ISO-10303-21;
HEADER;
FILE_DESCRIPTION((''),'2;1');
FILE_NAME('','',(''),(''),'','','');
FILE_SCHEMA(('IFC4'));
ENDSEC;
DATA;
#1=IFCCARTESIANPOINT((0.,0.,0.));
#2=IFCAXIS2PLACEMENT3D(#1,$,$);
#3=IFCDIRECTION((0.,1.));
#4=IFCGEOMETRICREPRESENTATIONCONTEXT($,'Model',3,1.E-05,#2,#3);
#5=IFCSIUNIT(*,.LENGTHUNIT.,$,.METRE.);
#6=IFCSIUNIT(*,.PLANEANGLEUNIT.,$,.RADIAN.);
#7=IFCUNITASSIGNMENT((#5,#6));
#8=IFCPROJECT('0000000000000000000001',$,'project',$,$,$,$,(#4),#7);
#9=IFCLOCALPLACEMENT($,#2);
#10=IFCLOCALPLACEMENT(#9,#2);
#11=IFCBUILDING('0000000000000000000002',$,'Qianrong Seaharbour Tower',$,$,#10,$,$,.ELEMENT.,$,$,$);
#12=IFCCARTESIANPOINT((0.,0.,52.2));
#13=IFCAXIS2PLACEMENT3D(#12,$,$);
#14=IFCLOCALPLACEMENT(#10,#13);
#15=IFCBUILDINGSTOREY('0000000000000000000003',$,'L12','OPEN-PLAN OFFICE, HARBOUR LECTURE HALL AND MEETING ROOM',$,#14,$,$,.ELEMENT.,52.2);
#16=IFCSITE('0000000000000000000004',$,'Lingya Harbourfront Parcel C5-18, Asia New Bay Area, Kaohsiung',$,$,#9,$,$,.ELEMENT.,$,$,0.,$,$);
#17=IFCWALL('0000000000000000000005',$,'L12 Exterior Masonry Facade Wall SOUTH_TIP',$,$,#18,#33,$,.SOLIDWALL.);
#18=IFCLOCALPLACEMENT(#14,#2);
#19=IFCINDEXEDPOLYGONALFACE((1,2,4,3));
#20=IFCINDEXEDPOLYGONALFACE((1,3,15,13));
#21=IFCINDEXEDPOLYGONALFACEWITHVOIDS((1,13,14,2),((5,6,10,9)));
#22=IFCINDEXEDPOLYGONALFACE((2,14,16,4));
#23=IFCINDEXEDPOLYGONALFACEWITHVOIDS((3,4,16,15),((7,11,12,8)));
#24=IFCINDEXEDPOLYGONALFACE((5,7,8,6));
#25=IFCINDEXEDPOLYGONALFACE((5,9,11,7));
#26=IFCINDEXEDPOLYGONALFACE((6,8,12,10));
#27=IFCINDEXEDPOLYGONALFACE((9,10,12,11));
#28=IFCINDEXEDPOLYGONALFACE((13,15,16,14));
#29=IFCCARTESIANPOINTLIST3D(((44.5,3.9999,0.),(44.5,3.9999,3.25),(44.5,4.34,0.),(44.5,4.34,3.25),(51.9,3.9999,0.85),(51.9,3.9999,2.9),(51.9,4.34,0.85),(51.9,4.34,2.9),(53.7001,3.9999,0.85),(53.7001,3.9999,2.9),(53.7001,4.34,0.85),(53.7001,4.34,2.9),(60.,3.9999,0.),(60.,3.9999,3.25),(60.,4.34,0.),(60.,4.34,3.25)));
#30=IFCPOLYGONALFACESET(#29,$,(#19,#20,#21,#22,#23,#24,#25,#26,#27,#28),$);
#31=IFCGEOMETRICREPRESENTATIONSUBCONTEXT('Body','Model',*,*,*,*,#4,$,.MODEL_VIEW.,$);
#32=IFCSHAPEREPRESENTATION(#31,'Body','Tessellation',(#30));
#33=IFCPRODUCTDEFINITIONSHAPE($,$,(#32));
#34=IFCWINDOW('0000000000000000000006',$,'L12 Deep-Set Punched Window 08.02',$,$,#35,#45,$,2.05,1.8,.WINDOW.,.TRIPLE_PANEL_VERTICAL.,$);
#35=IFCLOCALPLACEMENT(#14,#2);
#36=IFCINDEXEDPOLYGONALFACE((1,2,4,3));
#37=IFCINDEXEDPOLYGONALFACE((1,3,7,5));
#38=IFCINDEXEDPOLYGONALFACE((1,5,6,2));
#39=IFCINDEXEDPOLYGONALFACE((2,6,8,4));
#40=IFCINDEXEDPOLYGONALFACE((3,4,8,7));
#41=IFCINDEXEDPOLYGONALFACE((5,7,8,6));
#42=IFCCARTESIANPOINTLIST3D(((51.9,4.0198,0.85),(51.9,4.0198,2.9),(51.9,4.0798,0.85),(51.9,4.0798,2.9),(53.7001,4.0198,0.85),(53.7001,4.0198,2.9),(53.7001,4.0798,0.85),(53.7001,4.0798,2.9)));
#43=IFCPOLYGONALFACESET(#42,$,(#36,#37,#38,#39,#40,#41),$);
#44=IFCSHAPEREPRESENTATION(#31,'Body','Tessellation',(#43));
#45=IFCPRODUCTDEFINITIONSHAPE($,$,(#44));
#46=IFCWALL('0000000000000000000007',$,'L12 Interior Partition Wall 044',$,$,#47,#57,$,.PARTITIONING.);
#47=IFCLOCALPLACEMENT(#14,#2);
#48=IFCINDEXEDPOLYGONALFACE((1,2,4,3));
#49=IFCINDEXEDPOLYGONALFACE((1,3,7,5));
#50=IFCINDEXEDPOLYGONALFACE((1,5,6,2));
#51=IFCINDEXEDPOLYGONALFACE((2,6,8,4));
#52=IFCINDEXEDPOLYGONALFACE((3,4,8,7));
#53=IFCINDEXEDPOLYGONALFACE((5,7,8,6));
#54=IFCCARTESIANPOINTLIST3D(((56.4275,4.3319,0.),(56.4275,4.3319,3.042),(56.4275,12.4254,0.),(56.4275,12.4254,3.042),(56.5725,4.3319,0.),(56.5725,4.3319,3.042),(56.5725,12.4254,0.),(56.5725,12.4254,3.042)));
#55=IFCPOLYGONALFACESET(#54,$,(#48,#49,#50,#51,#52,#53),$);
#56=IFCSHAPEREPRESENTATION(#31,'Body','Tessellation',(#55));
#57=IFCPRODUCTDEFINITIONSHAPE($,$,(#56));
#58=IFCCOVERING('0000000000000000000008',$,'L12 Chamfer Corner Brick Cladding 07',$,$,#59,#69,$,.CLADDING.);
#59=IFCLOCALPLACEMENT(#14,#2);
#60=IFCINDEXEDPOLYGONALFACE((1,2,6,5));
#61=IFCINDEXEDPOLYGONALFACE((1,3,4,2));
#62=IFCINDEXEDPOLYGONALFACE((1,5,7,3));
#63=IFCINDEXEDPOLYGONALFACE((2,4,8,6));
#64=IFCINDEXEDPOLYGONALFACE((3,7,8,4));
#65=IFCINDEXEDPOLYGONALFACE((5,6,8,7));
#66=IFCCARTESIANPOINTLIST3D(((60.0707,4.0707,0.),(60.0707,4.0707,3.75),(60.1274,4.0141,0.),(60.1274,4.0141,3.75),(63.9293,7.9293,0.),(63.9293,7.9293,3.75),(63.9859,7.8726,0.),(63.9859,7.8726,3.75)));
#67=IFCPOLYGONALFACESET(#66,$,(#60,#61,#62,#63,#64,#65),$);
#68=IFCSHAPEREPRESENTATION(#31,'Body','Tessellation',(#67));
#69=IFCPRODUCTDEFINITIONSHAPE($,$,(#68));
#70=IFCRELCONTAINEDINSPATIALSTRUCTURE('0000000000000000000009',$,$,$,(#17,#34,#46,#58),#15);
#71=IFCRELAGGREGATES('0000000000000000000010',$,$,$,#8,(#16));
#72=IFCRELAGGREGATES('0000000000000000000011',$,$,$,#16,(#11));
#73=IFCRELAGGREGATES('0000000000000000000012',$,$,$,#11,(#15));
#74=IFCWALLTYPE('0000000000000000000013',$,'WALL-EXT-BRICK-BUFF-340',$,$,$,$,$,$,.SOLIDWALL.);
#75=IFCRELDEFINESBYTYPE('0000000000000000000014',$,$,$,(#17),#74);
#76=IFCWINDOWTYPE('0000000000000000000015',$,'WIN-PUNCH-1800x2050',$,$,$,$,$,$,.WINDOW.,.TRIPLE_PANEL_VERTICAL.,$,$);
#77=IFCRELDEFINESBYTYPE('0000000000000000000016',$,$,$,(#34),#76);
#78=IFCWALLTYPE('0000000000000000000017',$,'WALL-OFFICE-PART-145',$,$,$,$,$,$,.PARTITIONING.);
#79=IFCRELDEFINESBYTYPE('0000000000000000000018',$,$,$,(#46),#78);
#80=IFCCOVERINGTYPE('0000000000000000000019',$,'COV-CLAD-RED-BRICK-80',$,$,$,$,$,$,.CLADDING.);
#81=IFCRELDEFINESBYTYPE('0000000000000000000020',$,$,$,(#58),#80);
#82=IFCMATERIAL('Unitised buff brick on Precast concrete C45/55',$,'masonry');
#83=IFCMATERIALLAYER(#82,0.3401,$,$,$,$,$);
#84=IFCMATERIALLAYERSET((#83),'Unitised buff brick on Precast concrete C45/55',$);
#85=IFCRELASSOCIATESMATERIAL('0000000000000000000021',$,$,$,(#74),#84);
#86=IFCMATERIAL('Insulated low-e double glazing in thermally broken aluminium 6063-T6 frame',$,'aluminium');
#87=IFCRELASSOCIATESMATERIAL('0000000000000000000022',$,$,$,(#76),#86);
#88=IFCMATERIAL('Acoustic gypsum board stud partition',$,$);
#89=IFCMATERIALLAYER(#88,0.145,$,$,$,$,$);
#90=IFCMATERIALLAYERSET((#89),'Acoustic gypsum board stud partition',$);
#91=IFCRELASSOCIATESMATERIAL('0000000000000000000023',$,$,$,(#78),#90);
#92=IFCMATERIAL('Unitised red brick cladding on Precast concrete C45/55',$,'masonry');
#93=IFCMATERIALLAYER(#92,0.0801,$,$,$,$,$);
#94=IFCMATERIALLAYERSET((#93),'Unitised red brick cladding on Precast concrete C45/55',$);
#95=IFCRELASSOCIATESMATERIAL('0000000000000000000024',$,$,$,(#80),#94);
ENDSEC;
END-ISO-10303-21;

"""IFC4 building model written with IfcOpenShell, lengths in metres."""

from ifc_helpers import new_model, si_unit, direction, frame, frame_2d, origin, origin_2d, place, context, subcontext, project, spatial, rectangle, extrude, material, layer, layer_set, type_object, element, fill, save


model = new_model("IFC4")

# Units and contexts
model_context = context("Model", 3, precision=1e-05, world=origin(), true_north=direction((0.0, 1.0)))
body_context = subcontext(model_context, "Body", "Model", "MODEL_VIEW")
ifc_project = project(units=[si_unit("LENGTHUNIT", "METRE"), si_unit("PLANEANGLEUNIT", "RADIAN")], contexts=[model_context])

# Site, building, storey
site_placement = place(None, origin())
site = spatial("IfcSite", under=ifc_project, at=site_placement, Name="Lingya Harbourfront Parcel C5-18, Asia New Bay Area, Kaohsiung", CompositionType="ELEMENT", RefElevation=0.0)
building_placement = place(site_placement, origin())
building = spatial("IfcBuilding", under=site, at=building_placement, Name="Qianrong Seaharbour Tower", CompositionType="ELEMENT")
storey_placement = place(building_placement, frame((0.0, 0.0, 52.2)))
storey = spatial("IfcBuildingStorey", under=building, at=storey_placement, Name="L12", Description="OPEN-PLAN OFFICE, HARBOUR LECTURE HALL AND MEETING ROOM", CompositionType="ELEMENT", Elevation=52.2)

# Shared definitions
ifc_material_1 = material(Name="Unitised buff brick on Precast concrete C45/55", Category="masonry")
ifc_layer_1 = layer(ifc_material_1, 0.3401)
ifc_layer_set_1 = layer_set([ifc_layer_1], Name="Unitised buff brick on Precast concrete C45/55")
wall_type_1 = type_object("IfcWallType", Name="WALL-EXT-BRICK-BUFF-340", PredefinedType="SOLIDWALL", material=ifc_layer_set_1)

# Wall, opening, window
wall_1_placement = place(storey_placement, frame((60.0, 4.1699, 0.0), z_axis=(0.0, 0.0, 1.0), x_axis=(-1.0, 0.0, 0.0)))
wall_1 = element("IfcWall", 1, at=wall_1_placement, inside=storey, type_object=wall_type_1, Name="L12 Exterior Masonry Facade Wall SOUTH_TIP", PredefinedType="SOLIDWALL", context=body_context, shape_type="SweptSolid", body=[
    extrude(rectangle(XDim=15.5, YDim=0.3401, at=frame_2d((7.75, 0.0))), origin(), (0.0, 0.0, 1.0), 3.25),
])
opening_1_placement = place(wall_1_placement, frame((6.3, 0.0, 0.8501)))
opening_1 = element("IfcOpeningElement", 2, at=opening_1_placement, cuts=wall_1, PredefinedType="OPENING", context=body_context, shape_type="SweptSolid", body=[
    extrude(rectangle(XDim=1.8, YDim=2.05, at=frame_2d((0.8999, 1.0249))), frame((0.0, 0.1802, 0.0), z_axis=(0.0, -1.0, 0.0), x_axis=(1.0, 0.0, 0.0)), (0.0, 0.0, 1.0), 0.3601),
])
ifc_material_2 = material(Name="Insulated low-e double glazing in thermally broken aluminium 6063-T6 frame", Category="aluminium")
window_type = type_object("IfcWindowType", Name="WIN-PUNCH-1800x2050", PartitioningType="TRIPLE_PANEL_VERTICAL", PredefinedType="WINDOW", material=ifc_material_2)
window_placement = place(opening_1_placement, origin())
window = element("IfcWindow", 3, at=window_placement, inside=storey, type_object=window_type, Name="L12 Deep-Set Punched Window 08.02", OverallHeight=2.05, OverallWidth=1.8, PartitioningType="TRIPLE_PANEL_VERTICAL", PredefinedType="WINDOW", context=body_context, shape_type="SweptSolid", body=[
    extrude(rectangle(XDim=1.8, YDim=2.05, at=frame_2d((0.8999, 1.0249))), frame((0.0, 0.1501, 0.0), z_axis=(0.0, -1.0, 0.0), x_axis=(1.0, 0.0, 0.0)), (0.0, 0.0, 1.0), 0.0601),
])
fill(opening_1, window)

# Wall
ifc_material_3 = material(Name="Acoustic gypsum board stud partition")
ifc_layer_2 = layer(ifc_material_3, 0.145)
ifc_layer_set_2 = layer_set([ifc_layer_2], Name="Acoustic gypsum board stud partition")
wall_type_2 = type_object("IfcWallType", Name="WALL-OFFICE-PART-145", PredefinedType="PARTITIONING", material=ifc_layer_set_2)
wall_2_placement = place(storey_placement, frame((56.5, 12.4255, 0.0), z_axis=(0.0, 0.0, 1.0), x_axis=(0.0, -1.0, 0.0)))
element("IfcWall", 4, at=wall_2_placement, inside=storey, type_object=wall_type_2, Name="L12 Interior Partition Wall 044", PredefinedType="PARTITIONING", context=body_context, shape_type="SweptSolid", body=[
    extrude(rectangle(XDim=8.0935, YDim=0.145, at=frame_2d((4.0469, 0.0))), origin(), (0.0, 0.0, 1.0), 3.042),
])

# Covering
ifc_material_4 = material(Name="Unitised red brick cladding on Precast concrete C45/55", Category="masonry")
ifc_layer_3 = layer(ifc_material_4, 0.0801)
ifc_layer_set_3 = layer_set([ifc_layer_3], Name="Unitised red brick cladding on Precast concrete C45/55")
covering_type = type_object("IfcCoveringType", Name="COV-CLAD-RED-BRICK-80", PredefinedType="CLADDING", material=ifc_layer_set_3)
covering_placement = place(storey_placement, frame((62.0283, 5.9717, 0.0), z_axis=(0.0, 0.0, 1.0), x_axis=(-0.707107, -0.707107, 0.0)))
element("IfcCovering", 5, at=covering_placement, inside=storey, type_object=covering_type, Name="L12 Chamfer Corner Brick Cladding 07", PredefinedType="CLADDING", context=body_context, shape_type="SweptSolid", body=[
    extrude(rectangle(XDim=5.4568, YDim=0.0801, at=origin_2d()), origin(), (0.0, 0.0, 1.0), 3.75),
])

save(model, "model.ifc")
